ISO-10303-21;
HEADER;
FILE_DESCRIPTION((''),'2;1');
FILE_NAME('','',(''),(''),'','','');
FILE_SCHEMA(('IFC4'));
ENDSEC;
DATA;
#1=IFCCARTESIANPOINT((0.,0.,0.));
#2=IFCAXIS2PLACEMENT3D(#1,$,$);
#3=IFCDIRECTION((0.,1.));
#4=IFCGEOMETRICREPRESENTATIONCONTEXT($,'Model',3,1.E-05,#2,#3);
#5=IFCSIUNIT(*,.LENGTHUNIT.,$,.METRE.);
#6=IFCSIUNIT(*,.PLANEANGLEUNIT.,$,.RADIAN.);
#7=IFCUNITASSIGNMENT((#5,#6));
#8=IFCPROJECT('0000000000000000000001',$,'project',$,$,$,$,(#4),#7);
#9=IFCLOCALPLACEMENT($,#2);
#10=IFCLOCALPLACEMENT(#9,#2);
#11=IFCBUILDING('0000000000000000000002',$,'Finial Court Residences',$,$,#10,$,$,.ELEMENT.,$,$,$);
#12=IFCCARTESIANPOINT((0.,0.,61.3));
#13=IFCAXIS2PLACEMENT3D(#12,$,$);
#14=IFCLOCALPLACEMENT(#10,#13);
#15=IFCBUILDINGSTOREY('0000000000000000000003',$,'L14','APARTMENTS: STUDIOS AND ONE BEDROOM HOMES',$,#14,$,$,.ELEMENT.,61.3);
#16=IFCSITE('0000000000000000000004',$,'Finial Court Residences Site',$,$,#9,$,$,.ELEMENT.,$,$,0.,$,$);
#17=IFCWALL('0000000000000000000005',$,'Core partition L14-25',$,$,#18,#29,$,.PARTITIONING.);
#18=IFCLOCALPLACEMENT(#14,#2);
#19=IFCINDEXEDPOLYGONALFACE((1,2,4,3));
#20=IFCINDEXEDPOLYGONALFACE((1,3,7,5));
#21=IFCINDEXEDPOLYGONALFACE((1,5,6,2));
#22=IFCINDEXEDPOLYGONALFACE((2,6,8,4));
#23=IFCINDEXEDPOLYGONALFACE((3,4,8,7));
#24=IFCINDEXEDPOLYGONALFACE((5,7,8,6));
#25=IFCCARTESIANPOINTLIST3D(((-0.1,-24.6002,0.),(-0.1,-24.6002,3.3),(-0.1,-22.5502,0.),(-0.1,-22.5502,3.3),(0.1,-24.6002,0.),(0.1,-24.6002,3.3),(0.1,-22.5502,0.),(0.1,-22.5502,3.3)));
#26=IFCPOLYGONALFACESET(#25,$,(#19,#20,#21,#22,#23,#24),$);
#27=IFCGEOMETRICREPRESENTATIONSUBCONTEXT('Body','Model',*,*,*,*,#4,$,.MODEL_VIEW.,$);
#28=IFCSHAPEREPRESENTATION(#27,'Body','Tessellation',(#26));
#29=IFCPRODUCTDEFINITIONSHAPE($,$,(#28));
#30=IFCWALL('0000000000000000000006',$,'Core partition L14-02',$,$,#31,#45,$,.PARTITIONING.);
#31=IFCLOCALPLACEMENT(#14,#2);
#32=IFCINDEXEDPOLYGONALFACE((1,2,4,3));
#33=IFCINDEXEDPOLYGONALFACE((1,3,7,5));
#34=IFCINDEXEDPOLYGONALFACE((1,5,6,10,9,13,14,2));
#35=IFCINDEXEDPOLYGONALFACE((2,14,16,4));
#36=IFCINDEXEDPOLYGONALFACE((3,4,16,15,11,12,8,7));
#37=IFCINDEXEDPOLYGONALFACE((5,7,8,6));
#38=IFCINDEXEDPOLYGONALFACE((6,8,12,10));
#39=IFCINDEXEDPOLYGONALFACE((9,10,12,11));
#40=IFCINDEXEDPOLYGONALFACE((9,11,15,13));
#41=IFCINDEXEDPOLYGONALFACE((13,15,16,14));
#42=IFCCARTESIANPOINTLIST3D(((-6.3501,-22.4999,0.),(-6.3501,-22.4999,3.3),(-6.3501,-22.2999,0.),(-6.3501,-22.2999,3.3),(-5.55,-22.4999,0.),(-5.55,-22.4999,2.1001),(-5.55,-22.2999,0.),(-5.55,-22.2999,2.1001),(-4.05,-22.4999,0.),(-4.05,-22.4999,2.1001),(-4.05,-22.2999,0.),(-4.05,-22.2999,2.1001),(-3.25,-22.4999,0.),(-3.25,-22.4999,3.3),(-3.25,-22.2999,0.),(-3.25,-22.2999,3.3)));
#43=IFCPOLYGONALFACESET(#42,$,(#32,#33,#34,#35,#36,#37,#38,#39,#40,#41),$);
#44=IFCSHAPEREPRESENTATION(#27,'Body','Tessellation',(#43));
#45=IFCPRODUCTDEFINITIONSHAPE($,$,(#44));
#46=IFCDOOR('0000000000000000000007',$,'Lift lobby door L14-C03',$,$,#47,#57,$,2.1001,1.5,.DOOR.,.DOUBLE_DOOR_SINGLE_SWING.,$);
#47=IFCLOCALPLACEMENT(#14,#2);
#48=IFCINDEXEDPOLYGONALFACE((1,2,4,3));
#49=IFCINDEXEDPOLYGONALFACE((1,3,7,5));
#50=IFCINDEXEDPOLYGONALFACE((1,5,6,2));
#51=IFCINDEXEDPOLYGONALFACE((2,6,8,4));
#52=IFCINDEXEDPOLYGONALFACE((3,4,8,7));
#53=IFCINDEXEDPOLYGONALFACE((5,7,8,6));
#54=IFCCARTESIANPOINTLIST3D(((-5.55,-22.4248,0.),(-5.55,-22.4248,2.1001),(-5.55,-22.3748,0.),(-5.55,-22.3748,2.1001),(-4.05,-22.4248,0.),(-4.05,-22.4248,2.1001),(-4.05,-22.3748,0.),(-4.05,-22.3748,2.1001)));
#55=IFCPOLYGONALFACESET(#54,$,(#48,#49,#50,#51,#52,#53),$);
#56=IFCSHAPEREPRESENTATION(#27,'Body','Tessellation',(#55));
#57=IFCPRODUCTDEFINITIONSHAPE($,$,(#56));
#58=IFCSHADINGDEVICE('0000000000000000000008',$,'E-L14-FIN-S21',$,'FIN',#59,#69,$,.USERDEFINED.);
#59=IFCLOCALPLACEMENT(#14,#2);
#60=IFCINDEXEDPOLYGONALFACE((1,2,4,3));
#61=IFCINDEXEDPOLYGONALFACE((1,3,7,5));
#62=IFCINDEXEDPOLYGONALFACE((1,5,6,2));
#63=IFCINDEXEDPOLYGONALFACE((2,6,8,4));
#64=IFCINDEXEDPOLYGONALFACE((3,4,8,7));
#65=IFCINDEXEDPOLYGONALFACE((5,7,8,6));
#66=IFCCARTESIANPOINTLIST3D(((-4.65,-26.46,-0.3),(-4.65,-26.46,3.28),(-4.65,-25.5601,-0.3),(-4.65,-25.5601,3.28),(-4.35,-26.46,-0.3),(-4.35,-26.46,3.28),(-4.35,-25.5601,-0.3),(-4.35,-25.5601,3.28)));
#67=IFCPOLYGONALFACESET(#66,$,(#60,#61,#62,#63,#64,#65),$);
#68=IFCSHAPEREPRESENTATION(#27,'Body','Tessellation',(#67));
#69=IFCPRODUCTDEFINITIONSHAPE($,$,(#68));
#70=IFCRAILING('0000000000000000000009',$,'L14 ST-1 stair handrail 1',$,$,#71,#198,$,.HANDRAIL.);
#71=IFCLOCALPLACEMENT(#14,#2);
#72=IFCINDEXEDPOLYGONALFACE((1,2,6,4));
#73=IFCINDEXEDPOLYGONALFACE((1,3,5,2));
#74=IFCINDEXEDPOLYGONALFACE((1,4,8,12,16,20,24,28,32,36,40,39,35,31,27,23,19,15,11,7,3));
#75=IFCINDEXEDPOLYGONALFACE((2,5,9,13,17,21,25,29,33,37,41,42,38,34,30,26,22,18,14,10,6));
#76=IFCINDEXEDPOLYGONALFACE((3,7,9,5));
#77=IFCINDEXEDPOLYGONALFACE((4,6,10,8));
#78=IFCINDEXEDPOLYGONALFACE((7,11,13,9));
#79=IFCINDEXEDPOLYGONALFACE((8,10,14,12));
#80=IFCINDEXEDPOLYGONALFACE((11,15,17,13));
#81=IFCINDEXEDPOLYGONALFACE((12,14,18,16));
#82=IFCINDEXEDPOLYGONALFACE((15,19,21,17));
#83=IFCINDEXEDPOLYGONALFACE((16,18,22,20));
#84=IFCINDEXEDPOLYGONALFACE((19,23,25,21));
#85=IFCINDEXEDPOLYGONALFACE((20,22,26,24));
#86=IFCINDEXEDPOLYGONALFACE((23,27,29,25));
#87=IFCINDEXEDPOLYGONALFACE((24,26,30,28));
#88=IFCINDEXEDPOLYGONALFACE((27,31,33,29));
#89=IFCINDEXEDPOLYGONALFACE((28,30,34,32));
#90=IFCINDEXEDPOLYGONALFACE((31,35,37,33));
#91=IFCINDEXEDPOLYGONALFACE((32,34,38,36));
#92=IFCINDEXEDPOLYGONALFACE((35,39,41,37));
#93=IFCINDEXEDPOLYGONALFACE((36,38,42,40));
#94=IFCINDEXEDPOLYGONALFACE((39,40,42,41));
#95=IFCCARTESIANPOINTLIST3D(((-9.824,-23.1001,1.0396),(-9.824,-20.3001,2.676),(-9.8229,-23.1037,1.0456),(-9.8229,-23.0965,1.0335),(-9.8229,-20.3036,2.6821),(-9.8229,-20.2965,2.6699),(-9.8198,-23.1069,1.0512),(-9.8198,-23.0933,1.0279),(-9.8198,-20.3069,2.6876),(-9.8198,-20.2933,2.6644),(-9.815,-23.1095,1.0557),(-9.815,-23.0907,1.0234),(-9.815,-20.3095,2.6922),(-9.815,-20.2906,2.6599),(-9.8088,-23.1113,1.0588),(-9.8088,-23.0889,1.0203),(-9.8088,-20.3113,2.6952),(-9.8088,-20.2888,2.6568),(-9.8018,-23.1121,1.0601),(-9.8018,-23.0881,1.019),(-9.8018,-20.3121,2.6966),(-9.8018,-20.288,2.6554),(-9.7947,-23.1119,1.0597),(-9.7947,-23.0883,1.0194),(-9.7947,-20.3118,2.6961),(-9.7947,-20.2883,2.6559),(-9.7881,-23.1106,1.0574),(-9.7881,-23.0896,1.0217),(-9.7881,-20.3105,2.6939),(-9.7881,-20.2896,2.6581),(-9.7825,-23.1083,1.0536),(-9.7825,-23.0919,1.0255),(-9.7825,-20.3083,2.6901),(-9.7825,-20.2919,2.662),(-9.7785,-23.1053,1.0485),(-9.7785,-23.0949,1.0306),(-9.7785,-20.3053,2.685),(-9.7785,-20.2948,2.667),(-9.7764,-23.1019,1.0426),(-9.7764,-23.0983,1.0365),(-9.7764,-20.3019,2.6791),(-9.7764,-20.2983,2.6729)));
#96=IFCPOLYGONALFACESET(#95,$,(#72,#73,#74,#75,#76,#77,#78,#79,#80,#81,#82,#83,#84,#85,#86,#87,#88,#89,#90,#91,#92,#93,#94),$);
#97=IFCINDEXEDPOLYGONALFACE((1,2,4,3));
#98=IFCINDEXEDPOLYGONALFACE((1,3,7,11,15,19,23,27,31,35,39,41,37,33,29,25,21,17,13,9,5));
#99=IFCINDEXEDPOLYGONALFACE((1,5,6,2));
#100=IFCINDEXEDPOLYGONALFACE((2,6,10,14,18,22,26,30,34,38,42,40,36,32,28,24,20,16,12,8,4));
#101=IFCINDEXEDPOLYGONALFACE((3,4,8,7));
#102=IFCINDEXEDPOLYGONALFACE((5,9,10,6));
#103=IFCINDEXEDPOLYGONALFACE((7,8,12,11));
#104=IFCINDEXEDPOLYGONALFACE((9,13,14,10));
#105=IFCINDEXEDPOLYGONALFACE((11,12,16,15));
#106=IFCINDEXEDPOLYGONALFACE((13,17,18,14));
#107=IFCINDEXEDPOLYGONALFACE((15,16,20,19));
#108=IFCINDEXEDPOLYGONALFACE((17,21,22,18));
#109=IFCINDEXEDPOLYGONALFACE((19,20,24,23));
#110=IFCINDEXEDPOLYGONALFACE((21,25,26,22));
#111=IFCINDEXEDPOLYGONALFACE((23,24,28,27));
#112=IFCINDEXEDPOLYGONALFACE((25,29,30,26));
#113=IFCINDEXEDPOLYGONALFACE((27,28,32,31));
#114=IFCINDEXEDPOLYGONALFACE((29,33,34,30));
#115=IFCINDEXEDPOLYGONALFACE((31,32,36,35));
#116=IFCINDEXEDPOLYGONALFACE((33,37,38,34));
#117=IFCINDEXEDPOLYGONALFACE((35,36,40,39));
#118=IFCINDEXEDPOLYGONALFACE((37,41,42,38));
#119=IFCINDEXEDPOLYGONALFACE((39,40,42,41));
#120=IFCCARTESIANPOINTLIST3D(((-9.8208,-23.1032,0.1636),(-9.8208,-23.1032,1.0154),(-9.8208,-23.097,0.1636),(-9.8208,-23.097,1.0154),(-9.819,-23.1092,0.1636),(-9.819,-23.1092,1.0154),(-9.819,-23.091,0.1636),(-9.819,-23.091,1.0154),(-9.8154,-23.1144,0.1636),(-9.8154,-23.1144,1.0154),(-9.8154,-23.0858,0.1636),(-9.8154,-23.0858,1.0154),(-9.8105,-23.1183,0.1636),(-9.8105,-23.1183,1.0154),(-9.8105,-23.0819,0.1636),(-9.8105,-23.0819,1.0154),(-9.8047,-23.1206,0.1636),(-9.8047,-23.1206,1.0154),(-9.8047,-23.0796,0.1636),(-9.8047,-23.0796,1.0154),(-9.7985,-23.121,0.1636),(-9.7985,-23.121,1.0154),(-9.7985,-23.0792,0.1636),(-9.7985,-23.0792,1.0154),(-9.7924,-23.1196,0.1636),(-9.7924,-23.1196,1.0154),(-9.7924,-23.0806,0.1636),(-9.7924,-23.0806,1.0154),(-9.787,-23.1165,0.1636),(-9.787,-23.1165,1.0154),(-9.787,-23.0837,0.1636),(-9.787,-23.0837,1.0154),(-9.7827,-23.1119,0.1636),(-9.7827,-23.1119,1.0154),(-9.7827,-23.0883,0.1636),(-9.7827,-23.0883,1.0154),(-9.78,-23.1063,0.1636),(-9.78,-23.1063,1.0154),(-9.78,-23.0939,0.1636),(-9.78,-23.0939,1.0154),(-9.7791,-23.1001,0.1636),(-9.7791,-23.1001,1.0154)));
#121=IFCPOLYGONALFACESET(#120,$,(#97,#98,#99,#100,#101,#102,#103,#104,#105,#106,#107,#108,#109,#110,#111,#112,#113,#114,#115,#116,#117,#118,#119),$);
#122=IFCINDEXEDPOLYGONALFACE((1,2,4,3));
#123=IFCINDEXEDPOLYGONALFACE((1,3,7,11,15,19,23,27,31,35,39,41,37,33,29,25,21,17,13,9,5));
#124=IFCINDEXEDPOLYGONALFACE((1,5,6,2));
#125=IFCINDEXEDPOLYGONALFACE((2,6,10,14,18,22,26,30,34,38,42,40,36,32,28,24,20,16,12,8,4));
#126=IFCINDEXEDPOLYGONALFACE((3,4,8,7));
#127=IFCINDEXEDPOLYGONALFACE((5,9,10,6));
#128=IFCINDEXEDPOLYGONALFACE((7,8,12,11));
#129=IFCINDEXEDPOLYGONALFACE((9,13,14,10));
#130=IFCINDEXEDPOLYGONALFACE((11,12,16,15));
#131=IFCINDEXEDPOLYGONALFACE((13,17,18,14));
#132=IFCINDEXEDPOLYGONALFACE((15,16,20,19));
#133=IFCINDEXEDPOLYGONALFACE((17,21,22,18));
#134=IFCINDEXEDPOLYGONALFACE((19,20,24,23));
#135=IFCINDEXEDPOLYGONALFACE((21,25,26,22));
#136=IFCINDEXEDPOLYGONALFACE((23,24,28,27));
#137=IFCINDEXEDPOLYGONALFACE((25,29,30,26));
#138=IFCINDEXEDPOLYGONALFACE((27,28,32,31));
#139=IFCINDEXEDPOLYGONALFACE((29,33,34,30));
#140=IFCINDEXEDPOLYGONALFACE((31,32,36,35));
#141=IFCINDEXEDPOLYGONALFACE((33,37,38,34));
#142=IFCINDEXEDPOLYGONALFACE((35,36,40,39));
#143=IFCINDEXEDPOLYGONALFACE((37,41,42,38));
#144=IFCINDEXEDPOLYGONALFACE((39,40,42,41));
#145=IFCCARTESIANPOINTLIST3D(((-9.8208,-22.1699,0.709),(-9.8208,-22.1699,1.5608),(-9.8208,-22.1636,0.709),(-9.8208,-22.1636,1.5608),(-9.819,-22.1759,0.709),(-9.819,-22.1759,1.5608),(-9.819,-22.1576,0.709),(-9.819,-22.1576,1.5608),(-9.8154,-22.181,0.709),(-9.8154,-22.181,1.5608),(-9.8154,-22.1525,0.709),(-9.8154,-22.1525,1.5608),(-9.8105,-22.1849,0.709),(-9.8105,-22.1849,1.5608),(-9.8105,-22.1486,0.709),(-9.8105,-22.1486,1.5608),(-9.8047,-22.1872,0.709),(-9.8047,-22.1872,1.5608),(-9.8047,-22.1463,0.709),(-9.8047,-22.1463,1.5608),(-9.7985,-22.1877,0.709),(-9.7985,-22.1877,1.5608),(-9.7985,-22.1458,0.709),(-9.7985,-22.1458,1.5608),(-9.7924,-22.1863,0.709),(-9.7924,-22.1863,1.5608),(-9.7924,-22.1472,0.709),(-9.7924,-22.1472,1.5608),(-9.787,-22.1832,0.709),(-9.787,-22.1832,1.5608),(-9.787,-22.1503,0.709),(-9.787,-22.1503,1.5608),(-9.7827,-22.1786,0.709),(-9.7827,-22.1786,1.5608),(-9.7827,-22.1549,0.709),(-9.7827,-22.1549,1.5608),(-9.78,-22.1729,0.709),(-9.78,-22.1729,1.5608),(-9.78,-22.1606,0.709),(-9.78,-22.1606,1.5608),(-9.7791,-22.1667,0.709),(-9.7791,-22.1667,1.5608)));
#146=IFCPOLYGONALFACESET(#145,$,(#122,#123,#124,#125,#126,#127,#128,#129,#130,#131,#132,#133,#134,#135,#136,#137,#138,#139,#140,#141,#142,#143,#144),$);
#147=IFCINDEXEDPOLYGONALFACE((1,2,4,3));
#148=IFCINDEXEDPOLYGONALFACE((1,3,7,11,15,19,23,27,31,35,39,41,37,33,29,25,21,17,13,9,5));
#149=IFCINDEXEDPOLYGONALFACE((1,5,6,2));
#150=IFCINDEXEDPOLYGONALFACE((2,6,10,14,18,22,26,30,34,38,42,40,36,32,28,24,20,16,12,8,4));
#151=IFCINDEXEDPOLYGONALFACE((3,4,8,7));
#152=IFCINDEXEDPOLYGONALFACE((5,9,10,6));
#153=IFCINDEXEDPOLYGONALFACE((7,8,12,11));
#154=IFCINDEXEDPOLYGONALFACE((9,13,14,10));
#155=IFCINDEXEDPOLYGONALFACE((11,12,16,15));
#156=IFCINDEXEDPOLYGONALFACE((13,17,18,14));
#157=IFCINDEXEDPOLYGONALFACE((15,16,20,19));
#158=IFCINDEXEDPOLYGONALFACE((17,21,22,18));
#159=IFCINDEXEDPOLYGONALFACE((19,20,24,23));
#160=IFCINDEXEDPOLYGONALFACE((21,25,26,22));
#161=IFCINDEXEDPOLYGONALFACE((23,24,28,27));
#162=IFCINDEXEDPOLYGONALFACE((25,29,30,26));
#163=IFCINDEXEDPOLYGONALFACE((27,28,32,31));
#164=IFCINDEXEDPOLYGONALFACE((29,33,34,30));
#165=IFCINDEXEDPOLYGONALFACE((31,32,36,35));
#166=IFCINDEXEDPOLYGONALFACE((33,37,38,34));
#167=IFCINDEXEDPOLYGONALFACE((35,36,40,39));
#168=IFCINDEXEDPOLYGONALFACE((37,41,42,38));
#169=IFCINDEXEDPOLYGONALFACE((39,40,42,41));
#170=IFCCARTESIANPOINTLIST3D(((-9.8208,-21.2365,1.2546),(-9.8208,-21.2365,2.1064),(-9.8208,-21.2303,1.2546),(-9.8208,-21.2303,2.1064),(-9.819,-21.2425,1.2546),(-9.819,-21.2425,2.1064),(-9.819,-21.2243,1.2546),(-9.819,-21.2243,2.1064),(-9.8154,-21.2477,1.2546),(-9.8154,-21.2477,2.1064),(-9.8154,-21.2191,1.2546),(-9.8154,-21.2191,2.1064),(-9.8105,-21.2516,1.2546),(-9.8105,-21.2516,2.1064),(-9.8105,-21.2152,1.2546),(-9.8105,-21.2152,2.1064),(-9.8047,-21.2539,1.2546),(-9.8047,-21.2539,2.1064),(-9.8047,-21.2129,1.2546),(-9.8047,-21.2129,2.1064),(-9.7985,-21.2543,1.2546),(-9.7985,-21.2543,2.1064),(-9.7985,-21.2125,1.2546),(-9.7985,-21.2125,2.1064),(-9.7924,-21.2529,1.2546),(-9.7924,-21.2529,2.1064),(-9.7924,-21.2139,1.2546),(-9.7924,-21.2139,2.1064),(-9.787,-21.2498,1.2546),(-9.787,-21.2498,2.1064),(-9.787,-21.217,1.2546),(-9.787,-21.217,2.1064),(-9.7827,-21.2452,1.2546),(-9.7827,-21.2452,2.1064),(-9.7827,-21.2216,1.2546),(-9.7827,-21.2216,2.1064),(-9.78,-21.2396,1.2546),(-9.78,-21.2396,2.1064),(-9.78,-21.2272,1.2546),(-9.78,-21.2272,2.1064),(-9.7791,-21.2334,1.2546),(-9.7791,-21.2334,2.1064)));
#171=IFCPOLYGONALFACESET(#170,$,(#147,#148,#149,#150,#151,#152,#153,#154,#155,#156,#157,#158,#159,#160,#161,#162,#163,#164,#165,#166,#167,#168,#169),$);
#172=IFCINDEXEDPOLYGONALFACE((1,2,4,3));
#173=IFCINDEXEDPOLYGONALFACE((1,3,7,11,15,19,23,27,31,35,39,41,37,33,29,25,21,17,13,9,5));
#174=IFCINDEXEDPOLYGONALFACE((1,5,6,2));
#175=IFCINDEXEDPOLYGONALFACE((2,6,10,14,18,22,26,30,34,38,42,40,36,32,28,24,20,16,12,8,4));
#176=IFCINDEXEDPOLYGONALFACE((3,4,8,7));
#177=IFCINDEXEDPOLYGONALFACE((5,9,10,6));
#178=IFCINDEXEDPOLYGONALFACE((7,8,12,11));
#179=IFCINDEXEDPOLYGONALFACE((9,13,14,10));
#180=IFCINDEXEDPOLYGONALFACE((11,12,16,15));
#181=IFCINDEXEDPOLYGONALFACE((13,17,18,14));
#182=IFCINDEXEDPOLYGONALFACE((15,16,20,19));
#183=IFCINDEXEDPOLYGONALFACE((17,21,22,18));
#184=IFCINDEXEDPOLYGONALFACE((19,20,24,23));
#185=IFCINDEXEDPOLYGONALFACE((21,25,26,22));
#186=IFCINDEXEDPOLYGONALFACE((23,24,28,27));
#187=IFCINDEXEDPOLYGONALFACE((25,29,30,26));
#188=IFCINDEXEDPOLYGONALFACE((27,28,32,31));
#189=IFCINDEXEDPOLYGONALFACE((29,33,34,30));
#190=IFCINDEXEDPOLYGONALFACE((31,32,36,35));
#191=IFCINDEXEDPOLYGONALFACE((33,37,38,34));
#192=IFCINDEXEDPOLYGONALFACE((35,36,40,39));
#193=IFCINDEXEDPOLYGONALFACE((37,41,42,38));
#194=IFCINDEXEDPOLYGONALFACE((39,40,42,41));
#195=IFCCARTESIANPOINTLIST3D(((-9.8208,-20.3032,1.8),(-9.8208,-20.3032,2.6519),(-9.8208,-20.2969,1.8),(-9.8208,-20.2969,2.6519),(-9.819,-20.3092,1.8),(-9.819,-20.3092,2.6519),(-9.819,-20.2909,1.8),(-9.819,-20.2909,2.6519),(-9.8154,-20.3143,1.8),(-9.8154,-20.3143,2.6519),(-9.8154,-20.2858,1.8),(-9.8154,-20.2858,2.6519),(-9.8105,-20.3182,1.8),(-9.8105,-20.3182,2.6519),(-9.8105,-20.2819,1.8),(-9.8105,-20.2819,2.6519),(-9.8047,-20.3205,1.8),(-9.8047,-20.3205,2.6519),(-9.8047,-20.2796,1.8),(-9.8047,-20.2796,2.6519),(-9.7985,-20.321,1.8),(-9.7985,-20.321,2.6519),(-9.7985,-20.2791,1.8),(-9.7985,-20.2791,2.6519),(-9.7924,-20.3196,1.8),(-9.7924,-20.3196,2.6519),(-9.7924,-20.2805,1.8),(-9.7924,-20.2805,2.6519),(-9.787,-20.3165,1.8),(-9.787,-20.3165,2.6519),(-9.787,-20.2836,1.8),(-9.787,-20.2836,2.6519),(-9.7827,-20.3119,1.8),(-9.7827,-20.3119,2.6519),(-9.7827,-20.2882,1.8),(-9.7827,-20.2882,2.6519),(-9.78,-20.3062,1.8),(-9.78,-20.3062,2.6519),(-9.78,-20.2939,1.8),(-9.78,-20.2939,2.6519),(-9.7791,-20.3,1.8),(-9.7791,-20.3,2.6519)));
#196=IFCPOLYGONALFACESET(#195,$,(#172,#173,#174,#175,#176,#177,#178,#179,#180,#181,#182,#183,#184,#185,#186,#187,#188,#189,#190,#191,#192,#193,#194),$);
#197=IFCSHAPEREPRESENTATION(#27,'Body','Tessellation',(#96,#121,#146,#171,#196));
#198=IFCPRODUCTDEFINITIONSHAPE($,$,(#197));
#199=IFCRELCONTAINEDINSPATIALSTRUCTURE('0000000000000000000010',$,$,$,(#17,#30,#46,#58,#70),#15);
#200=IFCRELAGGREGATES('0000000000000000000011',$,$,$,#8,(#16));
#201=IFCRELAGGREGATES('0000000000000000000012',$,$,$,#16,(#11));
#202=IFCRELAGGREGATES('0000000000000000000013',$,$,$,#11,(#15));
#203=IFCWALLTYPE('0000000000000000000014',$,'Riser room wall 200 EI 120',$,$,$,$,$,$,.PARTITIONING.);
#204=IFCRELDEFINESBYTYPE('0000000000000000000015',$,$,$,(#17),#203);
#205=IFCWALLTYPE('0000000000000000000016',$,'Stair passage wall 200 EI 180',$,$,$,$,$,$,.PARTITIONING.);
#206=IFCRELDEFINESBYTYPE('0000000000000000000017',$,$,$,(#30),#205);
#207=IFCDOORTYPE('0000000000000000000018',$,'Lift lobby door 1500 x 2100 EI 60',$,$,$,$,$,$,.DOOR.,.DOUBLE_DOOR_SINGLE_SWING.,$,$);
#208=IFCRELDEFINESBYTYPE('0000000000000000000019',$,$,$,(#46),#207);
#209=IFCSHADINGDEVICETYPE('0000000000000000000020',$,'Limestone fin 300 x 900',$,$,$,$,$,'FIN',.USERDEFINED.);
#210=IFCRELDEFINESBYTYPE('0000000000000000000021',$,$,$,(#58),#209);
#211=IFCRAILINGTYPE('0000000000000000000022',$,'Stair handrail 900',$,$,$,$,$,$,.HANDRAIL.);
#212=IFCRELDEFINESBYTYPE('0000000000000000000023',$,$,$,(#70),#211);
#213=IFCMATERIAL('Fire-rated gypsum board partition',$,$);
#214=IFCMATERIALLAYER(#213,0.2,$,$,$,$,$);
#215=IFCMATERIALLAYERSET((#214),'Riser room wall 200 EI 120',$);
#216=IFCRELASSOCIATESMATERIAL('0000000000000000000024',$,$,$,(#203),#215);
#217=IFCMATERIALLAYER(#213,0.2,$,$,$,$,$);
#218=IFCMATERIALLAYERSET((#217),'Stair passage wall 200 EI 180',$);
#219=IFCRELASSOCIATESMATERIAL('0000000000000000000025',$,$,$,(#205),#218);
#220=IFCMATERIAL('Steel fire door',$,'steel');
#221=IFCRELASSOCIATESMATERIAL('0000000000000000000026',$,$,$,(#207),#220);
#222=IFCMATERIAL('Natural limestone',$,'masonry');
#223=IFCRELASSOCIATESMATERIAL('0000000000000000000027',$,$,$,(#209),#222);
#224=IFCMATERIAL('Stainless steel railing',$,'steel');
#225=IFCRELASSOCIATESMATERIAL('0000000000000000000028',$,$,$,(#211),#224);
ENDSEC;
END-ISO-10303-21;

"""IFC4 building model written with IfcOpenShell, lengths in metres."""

from ifc_helpers import new_model, si_unit, direction, frame, frame_2d, origin, origin_2d, place, context, subcontext, project, spatial, rectangle, circle, extrude, material, layer, layer_set, type_object, element, fill, save


model = new_model("IFC4")

# Units and contexts
model_context = context("Model", 3, precision=1e-05, world=origin(), true_north=direction((0.0, 1.0)))
body_context = subcontext(model_context, "Body", "Model", "MODEL_VIEW")
ifc_project = project(units=[si_unit("LENGTHUNIT", "METRE"), si_unit("PLANEANGLEUNIT", "RADIAN")], contexts=[model_context])

# Site, building, storey
site_placement = place(None, origin())
site = spatial("IfcSite", under=ifc_project, at=site_placement, Name="Finial Court Residences Site", CompositionType="ELEMENT", RefElevation=0.0)
building_placement = place(site_placement, origin())
building = spatial("IfcBuilding", under=site, at=building_placement, Name="Finial Court Residences", CompositionType="ELEMENT")
storey_placement = place(building_placement, frame((0.0, 0.0, 61.3)))
storey = spatial("IfcBuildingStorey", under=building, at=storey_placement, Name="L14", Description="APARTMENTS: STUDIOS AND ONE BEDROOM HOMES", CompositionType="ELEMENT", Elevation=61.3)

# Shared definitions
ifc_material_1 = material(Name="Steel fire door", Category="steel")

# Wall
ifc_material_2 = material(Name="Fire-rated gypsum board partition")
ifc_layer_1 = layer(ifc_material_2, 0.2)
ifc_layer_set_1 = layer_set([ifc_layer_1], Name="Riser room wall 200 EI 120")
wall_type_1 = type_object("IfcWallType", Name="Riser room wall 200 EI 120", PredefinedType="PARTITIONING", material=ifc_layer_set_1)
wall_1_placement = place(storey_placement, frame((0.0, -24.6001, 0.0), z_axis=(0.0, 0.0, 1.0), x_axis=(0.0, 1.0, 0.0)))
element("IfcWall", 1, at=wall_1_placement, inside=storey, type_object=wall_type_1, Name="Core partition L14-25", PredefinedType="PARTITIONING", context=body_context, shape_type="SweptSolid", body=[
    extrude(rectangle(XDim=2.05, YDim=0.2, at=frame_2d((1.0249, 0.0))), origin(), (0.0, 0.0, 1.0), 3.3),
])

# Wall, opening, door
ifc_layer_2 = layer(ifc_material_2, 0.2)
ifc_layer_set_2 = layer_set([ifc_layer_2], Name="Stair passage wall 200 EI 180")
wall_type_2 = type_object("IfcWallType", Name="Stair passage wall 200 EI 180", PredefinedType="PARTITIONING", material=ifc_layer_set_2)
wall_2_placement = place(storey_placement, frame((-3.25, -22.3999, 0.0), z_axis=(0.0, 0.0, 1.0), x_axis=(-1.0, 0.0, 0.0)))
wall_2 = element("IfcWall", 2, at=wall_2_placement, inside=storey, type_object=wall_type_2, Name="Core partition L14-02", PredefinedType="PARTITIONING", context=body_context, shape_type="SweptSolid", body=[
    extrude(rectangle(XDim=3.1001, YDim=0.2, at=frame_2d((1.55, 0.0))), origin(), (0.0, 0.0, 1.0), 3.3),
])
opening_1_placement = place(wall_2_placement, frame((0.8, 0.0, 0.0)))
opening_1 = element("IfcOpeningElement", 3, at=opening_1_placement, cuts=wall_2, PredefinedType="OPENING", context=body_context, shape_type="SweptSolid", body=[
    extrude(rectangle(XDim=1.5, YDim=2.1001, at=frame_2d((0.75, 1.05))), frame((0.0, 0.1099, 0.0), z_axis=(0.0, -1.0, 0.0), x_axis=(1.0, 0.0, 0.0)), (0.0, 0.0, 1.0), 0.22),
])
door_type_1 = type_object("IfcDoorType", Name="Lift lobby door 1500 x 2100 EI 60", OperationType="DOUBLE_DOOR_SINGLE_SWING", PredefinedType="DOOR", material=ifc_material_1)
door_1_placement = place(opening_1_placement, origin())
door_1 = element("IfcDoor", 4, at=door_1_placement, inside=storey, type_object=door_type_1, Name="Lift lobby door L14-C03", OperationType="DOUBLE_DOOR_SINGLE_SWING", OverallHeight=2.1001, OverallWidth=1.5, PredefinedType="DOOR", context=body_context, shape_type="SweptSolid", body=[
    extrude(rectangle(XDim=1.5, YDim=2.1001, at=frame_2d((0.75, 1.05))), frame((0.0, 0.0249, 0.0), z_axis=(0.0, -1.0, 0.0), x_axis=(1.0, 0.0, 0.0)), (0.0, 0.0, 1.0), 0.05),
])
fill(opening_1, door_1)

# Shading device
ifc_material_3 = material(Name="Natural limestone", Category="masonry")
shading_device_type = type_object("IfcShadingDeviceType", Name="Limestone fin 300 x 900", ElementType="FIN", PredefinedType="USERDEFINED", material=ifc_material_3)
shading_device_placement = place(storey_placement, frame((-4.5, -26.01, -0.3), z_axis=(0.0, 0.0, 1.0), x_axis=(1.0, 0.0, 0.0)))
element("IfcShadingDevice", 5, at=shading_device_placement, inside=storey, type_object=shading_device_type, Name="E-L14-FIN-S21", ObjectType="FIN", PredefinedType="USERDEFINED", context=body_context, shape_type="SweptSolid", body=[
    extrude(rectangle(XDim=0.3, YDim=0.8999, at=origin_2d()), origin(), (0.0, 0.0, 1.0), 3.5801),
])

# Railing
ifc_material_4 = material(Name="Stainless steel railing", Category="steel")
railing_type = type_object("IfcRailingType", Name="Stair handrail 900", PredefinedType="HANDRAIL", material=ifc_material_4)
railing_placement = place(storey_placement, frame((-9.8, -23.1001, 0.1636)))
element("IfcRailing", 6, at=railing_placement, inside=storey, type_object=railing_type, Name="L14 ST-1 stair handrail 1", PredefinedType="HANDRAIL", context=body_context, shape_type="SweptSolid", body=[
    extrude(circle(Radius=0.0239, at=origin_2d()), frame((0.0, 0.0, 0.876), z_axis=(0.0, 0.863361, 0.504587), x_axis=(-1.0, 0.0, 0.0)), (0.0, 0.0, 1.0), 3.2432),
    extrude(circle(Radius=0.021, at=origin_2d()), origin(), (0.0, 0.0, 1.0), 0.8518),
    extrude(circle(Radius=0.021, at=origin_2d()), frame((0.0, 0.9333, 0.5454)), (0.0, 0.0, 1.0), 0.8518),
    extrude(circle(Radius=0.021, at=origin_2d()), frame((0.0, 1.8667, 1.0911)), (0.0, 0.0, 1.0), 0.8518),
    extrude(circle(Radius=0.021, at=origin_2d()), frame((0.0, 2.8, 1.6365)), (0.0, 0.0, 1.0), 0.8518),
])

save(model, "model.ifc")
